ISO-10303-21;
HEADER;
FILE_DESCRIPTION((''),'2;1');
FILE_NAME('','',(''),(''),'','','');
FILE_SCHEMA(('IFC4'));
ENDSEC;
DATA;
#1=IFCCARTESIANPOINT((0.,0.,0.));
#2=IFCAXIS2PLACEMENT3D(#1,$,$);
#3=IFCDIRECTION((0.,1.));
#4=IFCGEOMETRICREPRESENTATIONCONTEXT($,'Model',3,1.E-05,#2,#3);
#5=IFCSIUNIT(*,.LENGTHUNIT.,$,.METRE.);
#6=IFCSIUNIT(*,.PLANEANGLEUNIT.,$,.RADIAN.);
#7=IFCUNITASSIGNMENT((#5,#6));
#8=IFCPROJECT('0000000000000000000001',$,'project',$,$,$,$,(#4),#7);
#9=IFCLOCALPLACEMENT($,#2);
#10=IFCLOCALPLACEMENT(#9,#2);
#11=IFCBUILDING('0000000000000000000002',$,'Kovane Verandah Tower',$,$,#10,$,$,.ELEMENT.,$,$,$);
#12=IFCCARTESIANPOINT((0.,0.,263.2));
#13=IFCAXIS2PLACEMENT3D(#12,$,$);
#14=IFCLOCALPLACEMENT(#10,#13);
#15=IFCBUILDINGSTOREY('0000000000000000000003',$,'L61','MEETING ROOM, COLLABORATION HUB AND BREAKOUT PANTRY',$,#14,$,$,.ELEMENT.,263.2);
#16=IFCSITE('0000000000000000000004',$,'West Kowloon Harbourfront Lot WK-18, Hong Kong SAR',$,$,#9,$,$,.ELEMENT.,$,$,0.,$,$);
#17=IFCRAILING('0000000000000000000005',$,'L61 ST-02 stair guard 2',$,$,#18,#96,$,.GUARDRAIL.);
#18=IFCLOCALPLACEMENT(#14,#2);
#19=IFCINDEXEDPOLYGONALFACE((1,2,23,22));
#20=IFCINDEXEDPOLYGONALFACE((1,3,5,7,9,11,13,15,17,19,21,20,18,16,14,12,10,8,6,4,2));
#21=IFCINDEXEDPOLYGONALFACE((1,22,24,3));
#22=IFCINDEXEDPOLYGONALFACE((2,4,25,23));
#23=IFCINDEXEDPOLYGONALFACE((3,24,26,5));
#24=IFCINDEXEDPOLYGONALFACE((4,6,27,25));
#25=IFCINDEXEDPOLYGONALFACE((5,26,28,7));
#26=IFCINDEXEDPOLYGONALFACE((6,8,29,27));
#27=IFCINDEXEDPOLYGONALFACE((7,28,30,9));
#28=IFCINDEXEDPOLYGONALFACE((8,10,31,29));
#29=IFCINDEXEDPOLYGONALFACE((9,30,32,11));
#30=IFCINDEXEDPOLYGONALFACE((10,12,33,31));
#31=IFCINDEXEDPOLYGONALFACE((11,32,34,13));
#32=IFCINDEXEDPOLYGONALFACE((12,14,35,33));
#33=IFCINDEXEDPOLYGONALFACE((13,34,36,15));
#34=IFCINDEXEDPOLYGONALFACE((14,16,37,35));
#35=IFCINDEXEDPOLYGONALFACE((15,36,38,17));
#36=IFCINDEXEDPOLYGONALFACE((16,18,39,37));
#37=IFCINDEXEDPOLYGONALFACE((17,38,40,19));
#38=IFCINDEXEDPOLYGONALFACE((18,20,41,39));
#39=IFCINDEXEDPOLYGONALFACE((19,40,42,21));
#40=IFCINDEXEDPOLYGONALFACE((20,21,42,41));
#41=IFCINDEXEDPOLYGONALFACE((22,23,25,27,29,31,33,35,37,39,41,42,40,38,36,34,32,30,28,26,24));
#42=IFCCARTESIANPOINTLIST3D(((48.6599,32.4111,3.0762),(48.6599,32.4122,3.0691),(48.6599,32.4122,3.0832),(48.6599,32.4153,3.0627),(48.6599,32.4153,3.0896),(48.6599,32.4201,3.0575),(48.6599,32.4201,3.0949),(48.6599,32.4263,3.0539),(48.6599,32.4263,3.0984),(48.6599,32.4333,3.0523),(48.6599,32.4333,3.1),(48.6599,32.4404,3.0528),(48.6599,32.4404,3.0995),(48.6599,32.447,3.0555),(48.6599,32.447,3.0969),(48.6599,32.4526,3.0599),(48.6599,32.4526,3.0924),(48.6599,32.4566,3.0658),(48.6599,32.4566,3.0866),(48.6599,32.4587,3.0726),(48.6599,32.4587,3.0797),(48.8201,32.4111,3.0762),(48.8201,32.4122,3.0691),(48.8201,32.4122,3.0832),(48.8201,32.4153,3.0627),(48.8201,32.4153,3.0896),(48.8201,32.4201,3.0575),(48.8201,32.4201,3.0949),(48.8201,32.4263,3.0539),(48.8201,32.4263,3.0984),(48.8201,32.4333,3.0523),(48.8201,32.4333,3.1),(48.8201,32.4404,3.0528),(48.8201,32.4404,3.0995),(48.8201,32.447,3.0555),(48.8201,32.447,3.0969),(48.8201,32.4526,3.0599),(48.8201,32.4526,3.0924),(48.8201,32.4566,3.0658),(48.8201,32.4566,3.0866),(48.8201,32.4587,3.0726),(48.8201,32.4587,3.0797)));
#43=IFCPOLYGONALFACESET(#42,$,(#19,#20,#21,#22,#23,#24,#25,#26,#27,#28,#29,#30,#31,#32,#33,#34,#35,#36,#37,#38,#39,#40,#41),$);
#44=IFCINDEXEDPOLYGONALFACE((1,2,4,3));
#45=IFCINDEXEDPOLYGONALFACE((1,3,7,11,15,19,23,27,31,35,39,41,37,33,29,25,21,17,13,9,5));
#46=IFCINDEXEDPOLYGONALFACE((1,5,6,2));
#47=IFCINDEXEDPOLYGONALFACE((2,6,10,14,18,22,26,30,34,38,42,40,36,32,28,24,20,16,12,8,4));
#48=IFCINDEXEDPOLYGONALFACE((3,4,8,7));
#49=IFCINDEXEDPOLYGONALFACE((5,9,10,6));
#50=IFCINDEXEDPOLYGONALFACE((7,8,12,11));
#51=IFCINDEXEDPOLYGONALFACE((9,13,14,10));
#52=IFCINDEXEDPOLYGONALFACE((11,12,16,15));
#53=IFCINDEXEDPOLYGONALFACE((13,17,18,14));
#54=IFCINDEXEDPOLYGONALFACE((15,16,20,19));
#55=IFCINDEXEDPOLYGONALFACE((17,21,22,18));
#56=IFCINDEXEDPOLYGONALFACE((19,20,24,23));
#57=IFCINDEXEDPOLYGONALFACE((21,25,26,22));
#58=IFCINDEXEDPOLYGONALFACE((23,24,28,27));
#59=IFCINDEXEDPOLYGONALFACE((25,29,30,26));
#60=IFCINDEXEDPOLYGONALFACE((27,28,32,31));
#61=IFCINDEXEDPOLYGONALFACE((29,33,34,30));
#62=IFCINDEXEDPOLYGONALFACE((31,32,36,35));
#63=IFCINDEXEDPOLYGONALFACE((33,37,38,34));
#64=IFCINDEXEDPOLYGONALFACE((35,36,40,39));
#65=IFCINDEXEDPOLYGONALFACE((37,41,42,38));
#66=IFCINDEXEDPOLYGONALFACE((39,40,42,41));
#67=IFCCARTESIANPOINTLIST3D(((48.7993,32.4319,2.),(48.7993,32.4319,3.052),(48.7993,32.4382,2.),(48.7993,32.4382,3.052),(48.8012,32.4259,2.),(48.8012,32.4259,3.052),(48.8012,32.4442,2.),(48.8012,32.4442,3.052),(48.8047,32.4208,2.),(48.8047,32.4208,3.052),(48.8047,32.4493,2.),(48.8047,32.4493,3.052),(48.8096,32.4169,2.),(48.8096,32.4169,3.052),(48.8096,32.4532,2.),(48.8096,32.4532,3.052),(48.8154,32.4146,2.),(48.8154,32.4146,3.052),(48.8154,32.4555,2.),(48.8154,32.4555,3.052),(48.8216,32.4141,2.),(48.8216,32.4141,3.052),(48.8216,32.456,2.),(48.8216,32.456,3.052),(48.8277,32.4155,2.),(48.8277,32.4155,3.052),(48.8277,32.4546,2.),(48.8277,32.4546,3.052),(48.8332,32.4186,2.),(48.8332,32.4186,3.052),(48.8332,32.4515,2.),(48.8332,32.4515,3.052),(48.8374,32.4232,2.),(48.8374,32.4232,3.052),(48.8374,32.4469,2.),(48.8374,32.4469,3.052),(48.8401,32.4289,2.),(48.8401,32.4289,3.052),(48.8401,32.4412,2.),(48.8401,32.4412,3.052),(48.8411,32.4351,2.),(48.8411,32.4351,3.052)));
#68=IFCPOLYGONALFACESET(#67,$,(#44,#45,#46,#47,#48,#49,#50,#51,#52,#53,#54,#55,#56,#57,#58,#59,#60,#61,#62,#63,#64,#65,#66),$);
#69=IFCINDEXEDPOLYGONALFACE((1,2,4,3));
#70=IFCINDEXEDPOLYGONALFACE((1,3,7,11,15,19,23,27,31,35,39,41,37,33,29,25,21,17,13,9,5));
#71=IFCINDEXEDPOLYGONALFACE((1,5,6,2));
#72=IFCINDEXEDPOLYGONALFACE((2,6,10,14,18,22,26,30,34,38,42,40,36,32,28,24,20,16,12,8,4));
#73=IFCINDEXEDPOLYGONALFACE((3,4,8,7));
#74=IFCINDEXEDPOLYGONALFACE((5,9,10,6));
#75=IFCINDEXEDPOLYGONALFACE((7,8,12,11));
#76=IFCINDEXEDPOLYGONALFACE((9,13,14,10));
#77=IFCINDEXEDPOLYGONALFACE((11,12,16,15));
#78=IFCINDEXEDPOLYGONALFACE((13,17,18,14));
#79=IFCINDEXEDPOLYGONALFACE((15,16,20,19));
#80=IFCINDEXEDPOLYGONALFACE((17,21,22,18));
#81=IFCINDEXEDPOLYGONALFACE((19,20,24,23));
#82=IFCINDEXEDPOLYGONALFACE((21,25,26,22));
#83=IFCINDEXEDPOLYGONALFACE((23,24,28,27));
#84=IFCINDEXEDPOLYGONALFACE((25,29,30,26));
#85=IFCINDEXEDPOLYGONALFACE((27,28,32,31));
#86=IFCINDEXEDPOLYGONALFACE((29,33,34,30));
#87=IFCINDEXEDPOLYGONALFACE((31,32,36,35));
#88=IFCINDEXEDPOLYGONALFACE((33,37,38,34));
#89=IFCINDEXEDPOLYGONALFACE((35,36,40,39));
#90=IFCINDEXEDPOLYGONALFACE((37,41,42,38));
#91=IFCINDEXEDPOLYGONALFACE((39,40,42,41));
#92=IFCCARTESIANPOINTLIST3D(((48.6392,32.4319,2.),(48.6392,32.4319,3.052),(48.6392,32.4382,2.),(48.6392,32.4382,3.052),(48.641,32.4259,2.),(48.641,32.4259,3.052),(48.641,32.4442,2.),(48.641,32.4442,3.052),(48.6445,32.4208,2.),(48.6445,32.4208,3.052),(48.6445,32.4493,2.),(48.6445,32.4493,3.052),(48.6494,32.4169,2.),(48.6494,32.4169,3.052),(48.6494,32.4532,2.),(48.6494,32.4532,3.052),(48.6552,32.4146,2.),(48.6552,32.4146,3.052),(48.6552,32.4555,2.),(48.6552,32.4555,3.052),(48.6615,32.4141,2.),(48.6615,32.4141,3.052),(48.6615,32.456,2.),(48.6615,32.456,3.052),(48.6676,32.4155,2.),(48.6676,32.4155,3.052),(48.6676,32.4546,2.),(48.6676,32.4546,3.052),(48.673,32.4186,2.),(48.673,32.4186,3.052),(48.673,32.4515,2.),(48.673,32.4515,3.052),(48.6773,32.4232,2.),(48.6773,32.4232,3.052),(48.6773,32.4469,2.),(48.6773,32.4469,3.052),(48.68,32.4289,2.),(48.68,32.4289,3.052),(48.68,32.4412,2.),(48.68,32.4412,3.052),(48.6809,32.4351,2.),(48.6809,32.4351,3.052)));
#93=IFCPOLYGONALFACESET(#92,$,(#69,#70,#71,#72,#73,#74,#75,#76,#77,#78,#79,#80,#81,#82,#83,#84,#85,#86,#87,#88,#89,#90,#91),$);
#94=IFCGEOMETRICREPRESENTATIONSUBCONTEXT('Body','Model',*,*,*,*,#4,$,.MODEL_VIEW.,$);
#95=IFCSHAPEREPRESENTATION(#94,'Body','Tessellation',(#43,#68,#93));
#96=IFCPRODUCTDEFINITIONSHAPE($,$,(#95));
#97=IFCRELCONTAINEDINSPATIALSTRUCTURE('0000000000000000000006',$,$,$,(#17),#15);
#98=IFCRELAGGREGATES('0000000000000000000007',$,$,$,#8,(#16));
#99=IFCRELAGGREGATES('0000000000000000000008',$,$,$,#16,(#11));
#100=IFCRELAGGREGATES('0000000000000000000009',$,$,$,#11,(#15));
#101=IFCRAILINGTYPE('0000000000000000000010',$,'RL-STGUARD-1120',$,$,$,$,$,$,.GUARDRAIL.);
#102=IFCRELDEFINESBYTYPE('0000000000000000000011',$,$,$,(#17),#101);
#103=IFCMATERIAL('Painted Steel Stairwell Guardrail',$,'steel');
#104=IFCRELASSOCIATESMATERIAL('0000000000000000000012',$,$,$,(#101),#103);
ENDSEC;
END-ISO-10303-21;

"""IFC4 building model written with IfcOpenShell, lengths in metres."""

from ifc_helpers import new_model, si_unit, direction, frame, origin, origin_2d, place, context, subcontext, project, spatial, circle, extrude, material, type_object, element, save


model = new_model("IFC4")

# Units and contexts
model_context = context("Model", 3, precision=1e-05, world=origin(), true_north=direction((0.0, 1.0)))
body_context = subcontext(model_context, "Body", "Model", "MODEL_VIEW")
ifc_project = project(units=[si_unit("LENGTHUNIT", "METRE"), si_unit("PLANEANGLEUNIT", "RADIAN")], contexts=[model_context])

# Site, building, storey
site_placement = place(None, origin())
site = spatial("IfcSite", under=ifc_project, at=site_placement, Name="West Kowloon Harbourfront Lot WK-18, Hong Kong SAR", CompositionType="ELEMENT", RefElevation=0.0)
building_placement = place(site_placement, origin())
building = spatial("IfcBuilding", under=site, at=building_placement, Name="Kovane Verandah Tower", CompositionType="ELEMENT")
storey_placement = place(building_placement, frame((0.0, 0.0, 263.2)))
storey = spatial("IfcBuildingStorey", under=building, at=storey_placement, Name="L61", Description="MEETING ROOM, COLLABORATION HUB AND BREAKOUT PANTRY", CompositionType="ELEMENT", Elevation=263.2)

# Railing
ifc_material_1 = material(Name="Painted Steel Stairwell Guardrail", Category="steel")
railing_type_1 = type_object("IfcRailingType", Name="RL-STGUARD-1120", PredefinedType="GUARDRAIL", material=ifc_material_1)
railing_1_placement = place(storey_placement, frame((48.8201, 32.4351, 2.0)))
element("IfcRailing", 1, at=railing_1_placement, inside=storey, type_object=railing_type_1, Name="L61 ST-02 stair guard 2", PredefinedType="GUARDRAIL", context=body_context, shape_type="SweptSolid", body=[
    extrude(circle(Radius=0.0239, at=origin_2d()), frame((0.0, 0.0, 1.0762), z_axis=(-1.0, 0.0, 0.0), x_axis=(0.0, -1.0, 0.0)), (0.0, 0.0, 1.0), 0.1602),
    extrude(circle(Radius=0.021, at=origin_2d()), origin(), (0.0, 0.0, 1.0), 1.052),
    extrude(circle(Radius=0.021, at=origin_2d()), frame((-0.1602, 0.0, 0.0)), (0.0, 0.0, 1.0), 1.052),
])

save(model, "model.ifc")
